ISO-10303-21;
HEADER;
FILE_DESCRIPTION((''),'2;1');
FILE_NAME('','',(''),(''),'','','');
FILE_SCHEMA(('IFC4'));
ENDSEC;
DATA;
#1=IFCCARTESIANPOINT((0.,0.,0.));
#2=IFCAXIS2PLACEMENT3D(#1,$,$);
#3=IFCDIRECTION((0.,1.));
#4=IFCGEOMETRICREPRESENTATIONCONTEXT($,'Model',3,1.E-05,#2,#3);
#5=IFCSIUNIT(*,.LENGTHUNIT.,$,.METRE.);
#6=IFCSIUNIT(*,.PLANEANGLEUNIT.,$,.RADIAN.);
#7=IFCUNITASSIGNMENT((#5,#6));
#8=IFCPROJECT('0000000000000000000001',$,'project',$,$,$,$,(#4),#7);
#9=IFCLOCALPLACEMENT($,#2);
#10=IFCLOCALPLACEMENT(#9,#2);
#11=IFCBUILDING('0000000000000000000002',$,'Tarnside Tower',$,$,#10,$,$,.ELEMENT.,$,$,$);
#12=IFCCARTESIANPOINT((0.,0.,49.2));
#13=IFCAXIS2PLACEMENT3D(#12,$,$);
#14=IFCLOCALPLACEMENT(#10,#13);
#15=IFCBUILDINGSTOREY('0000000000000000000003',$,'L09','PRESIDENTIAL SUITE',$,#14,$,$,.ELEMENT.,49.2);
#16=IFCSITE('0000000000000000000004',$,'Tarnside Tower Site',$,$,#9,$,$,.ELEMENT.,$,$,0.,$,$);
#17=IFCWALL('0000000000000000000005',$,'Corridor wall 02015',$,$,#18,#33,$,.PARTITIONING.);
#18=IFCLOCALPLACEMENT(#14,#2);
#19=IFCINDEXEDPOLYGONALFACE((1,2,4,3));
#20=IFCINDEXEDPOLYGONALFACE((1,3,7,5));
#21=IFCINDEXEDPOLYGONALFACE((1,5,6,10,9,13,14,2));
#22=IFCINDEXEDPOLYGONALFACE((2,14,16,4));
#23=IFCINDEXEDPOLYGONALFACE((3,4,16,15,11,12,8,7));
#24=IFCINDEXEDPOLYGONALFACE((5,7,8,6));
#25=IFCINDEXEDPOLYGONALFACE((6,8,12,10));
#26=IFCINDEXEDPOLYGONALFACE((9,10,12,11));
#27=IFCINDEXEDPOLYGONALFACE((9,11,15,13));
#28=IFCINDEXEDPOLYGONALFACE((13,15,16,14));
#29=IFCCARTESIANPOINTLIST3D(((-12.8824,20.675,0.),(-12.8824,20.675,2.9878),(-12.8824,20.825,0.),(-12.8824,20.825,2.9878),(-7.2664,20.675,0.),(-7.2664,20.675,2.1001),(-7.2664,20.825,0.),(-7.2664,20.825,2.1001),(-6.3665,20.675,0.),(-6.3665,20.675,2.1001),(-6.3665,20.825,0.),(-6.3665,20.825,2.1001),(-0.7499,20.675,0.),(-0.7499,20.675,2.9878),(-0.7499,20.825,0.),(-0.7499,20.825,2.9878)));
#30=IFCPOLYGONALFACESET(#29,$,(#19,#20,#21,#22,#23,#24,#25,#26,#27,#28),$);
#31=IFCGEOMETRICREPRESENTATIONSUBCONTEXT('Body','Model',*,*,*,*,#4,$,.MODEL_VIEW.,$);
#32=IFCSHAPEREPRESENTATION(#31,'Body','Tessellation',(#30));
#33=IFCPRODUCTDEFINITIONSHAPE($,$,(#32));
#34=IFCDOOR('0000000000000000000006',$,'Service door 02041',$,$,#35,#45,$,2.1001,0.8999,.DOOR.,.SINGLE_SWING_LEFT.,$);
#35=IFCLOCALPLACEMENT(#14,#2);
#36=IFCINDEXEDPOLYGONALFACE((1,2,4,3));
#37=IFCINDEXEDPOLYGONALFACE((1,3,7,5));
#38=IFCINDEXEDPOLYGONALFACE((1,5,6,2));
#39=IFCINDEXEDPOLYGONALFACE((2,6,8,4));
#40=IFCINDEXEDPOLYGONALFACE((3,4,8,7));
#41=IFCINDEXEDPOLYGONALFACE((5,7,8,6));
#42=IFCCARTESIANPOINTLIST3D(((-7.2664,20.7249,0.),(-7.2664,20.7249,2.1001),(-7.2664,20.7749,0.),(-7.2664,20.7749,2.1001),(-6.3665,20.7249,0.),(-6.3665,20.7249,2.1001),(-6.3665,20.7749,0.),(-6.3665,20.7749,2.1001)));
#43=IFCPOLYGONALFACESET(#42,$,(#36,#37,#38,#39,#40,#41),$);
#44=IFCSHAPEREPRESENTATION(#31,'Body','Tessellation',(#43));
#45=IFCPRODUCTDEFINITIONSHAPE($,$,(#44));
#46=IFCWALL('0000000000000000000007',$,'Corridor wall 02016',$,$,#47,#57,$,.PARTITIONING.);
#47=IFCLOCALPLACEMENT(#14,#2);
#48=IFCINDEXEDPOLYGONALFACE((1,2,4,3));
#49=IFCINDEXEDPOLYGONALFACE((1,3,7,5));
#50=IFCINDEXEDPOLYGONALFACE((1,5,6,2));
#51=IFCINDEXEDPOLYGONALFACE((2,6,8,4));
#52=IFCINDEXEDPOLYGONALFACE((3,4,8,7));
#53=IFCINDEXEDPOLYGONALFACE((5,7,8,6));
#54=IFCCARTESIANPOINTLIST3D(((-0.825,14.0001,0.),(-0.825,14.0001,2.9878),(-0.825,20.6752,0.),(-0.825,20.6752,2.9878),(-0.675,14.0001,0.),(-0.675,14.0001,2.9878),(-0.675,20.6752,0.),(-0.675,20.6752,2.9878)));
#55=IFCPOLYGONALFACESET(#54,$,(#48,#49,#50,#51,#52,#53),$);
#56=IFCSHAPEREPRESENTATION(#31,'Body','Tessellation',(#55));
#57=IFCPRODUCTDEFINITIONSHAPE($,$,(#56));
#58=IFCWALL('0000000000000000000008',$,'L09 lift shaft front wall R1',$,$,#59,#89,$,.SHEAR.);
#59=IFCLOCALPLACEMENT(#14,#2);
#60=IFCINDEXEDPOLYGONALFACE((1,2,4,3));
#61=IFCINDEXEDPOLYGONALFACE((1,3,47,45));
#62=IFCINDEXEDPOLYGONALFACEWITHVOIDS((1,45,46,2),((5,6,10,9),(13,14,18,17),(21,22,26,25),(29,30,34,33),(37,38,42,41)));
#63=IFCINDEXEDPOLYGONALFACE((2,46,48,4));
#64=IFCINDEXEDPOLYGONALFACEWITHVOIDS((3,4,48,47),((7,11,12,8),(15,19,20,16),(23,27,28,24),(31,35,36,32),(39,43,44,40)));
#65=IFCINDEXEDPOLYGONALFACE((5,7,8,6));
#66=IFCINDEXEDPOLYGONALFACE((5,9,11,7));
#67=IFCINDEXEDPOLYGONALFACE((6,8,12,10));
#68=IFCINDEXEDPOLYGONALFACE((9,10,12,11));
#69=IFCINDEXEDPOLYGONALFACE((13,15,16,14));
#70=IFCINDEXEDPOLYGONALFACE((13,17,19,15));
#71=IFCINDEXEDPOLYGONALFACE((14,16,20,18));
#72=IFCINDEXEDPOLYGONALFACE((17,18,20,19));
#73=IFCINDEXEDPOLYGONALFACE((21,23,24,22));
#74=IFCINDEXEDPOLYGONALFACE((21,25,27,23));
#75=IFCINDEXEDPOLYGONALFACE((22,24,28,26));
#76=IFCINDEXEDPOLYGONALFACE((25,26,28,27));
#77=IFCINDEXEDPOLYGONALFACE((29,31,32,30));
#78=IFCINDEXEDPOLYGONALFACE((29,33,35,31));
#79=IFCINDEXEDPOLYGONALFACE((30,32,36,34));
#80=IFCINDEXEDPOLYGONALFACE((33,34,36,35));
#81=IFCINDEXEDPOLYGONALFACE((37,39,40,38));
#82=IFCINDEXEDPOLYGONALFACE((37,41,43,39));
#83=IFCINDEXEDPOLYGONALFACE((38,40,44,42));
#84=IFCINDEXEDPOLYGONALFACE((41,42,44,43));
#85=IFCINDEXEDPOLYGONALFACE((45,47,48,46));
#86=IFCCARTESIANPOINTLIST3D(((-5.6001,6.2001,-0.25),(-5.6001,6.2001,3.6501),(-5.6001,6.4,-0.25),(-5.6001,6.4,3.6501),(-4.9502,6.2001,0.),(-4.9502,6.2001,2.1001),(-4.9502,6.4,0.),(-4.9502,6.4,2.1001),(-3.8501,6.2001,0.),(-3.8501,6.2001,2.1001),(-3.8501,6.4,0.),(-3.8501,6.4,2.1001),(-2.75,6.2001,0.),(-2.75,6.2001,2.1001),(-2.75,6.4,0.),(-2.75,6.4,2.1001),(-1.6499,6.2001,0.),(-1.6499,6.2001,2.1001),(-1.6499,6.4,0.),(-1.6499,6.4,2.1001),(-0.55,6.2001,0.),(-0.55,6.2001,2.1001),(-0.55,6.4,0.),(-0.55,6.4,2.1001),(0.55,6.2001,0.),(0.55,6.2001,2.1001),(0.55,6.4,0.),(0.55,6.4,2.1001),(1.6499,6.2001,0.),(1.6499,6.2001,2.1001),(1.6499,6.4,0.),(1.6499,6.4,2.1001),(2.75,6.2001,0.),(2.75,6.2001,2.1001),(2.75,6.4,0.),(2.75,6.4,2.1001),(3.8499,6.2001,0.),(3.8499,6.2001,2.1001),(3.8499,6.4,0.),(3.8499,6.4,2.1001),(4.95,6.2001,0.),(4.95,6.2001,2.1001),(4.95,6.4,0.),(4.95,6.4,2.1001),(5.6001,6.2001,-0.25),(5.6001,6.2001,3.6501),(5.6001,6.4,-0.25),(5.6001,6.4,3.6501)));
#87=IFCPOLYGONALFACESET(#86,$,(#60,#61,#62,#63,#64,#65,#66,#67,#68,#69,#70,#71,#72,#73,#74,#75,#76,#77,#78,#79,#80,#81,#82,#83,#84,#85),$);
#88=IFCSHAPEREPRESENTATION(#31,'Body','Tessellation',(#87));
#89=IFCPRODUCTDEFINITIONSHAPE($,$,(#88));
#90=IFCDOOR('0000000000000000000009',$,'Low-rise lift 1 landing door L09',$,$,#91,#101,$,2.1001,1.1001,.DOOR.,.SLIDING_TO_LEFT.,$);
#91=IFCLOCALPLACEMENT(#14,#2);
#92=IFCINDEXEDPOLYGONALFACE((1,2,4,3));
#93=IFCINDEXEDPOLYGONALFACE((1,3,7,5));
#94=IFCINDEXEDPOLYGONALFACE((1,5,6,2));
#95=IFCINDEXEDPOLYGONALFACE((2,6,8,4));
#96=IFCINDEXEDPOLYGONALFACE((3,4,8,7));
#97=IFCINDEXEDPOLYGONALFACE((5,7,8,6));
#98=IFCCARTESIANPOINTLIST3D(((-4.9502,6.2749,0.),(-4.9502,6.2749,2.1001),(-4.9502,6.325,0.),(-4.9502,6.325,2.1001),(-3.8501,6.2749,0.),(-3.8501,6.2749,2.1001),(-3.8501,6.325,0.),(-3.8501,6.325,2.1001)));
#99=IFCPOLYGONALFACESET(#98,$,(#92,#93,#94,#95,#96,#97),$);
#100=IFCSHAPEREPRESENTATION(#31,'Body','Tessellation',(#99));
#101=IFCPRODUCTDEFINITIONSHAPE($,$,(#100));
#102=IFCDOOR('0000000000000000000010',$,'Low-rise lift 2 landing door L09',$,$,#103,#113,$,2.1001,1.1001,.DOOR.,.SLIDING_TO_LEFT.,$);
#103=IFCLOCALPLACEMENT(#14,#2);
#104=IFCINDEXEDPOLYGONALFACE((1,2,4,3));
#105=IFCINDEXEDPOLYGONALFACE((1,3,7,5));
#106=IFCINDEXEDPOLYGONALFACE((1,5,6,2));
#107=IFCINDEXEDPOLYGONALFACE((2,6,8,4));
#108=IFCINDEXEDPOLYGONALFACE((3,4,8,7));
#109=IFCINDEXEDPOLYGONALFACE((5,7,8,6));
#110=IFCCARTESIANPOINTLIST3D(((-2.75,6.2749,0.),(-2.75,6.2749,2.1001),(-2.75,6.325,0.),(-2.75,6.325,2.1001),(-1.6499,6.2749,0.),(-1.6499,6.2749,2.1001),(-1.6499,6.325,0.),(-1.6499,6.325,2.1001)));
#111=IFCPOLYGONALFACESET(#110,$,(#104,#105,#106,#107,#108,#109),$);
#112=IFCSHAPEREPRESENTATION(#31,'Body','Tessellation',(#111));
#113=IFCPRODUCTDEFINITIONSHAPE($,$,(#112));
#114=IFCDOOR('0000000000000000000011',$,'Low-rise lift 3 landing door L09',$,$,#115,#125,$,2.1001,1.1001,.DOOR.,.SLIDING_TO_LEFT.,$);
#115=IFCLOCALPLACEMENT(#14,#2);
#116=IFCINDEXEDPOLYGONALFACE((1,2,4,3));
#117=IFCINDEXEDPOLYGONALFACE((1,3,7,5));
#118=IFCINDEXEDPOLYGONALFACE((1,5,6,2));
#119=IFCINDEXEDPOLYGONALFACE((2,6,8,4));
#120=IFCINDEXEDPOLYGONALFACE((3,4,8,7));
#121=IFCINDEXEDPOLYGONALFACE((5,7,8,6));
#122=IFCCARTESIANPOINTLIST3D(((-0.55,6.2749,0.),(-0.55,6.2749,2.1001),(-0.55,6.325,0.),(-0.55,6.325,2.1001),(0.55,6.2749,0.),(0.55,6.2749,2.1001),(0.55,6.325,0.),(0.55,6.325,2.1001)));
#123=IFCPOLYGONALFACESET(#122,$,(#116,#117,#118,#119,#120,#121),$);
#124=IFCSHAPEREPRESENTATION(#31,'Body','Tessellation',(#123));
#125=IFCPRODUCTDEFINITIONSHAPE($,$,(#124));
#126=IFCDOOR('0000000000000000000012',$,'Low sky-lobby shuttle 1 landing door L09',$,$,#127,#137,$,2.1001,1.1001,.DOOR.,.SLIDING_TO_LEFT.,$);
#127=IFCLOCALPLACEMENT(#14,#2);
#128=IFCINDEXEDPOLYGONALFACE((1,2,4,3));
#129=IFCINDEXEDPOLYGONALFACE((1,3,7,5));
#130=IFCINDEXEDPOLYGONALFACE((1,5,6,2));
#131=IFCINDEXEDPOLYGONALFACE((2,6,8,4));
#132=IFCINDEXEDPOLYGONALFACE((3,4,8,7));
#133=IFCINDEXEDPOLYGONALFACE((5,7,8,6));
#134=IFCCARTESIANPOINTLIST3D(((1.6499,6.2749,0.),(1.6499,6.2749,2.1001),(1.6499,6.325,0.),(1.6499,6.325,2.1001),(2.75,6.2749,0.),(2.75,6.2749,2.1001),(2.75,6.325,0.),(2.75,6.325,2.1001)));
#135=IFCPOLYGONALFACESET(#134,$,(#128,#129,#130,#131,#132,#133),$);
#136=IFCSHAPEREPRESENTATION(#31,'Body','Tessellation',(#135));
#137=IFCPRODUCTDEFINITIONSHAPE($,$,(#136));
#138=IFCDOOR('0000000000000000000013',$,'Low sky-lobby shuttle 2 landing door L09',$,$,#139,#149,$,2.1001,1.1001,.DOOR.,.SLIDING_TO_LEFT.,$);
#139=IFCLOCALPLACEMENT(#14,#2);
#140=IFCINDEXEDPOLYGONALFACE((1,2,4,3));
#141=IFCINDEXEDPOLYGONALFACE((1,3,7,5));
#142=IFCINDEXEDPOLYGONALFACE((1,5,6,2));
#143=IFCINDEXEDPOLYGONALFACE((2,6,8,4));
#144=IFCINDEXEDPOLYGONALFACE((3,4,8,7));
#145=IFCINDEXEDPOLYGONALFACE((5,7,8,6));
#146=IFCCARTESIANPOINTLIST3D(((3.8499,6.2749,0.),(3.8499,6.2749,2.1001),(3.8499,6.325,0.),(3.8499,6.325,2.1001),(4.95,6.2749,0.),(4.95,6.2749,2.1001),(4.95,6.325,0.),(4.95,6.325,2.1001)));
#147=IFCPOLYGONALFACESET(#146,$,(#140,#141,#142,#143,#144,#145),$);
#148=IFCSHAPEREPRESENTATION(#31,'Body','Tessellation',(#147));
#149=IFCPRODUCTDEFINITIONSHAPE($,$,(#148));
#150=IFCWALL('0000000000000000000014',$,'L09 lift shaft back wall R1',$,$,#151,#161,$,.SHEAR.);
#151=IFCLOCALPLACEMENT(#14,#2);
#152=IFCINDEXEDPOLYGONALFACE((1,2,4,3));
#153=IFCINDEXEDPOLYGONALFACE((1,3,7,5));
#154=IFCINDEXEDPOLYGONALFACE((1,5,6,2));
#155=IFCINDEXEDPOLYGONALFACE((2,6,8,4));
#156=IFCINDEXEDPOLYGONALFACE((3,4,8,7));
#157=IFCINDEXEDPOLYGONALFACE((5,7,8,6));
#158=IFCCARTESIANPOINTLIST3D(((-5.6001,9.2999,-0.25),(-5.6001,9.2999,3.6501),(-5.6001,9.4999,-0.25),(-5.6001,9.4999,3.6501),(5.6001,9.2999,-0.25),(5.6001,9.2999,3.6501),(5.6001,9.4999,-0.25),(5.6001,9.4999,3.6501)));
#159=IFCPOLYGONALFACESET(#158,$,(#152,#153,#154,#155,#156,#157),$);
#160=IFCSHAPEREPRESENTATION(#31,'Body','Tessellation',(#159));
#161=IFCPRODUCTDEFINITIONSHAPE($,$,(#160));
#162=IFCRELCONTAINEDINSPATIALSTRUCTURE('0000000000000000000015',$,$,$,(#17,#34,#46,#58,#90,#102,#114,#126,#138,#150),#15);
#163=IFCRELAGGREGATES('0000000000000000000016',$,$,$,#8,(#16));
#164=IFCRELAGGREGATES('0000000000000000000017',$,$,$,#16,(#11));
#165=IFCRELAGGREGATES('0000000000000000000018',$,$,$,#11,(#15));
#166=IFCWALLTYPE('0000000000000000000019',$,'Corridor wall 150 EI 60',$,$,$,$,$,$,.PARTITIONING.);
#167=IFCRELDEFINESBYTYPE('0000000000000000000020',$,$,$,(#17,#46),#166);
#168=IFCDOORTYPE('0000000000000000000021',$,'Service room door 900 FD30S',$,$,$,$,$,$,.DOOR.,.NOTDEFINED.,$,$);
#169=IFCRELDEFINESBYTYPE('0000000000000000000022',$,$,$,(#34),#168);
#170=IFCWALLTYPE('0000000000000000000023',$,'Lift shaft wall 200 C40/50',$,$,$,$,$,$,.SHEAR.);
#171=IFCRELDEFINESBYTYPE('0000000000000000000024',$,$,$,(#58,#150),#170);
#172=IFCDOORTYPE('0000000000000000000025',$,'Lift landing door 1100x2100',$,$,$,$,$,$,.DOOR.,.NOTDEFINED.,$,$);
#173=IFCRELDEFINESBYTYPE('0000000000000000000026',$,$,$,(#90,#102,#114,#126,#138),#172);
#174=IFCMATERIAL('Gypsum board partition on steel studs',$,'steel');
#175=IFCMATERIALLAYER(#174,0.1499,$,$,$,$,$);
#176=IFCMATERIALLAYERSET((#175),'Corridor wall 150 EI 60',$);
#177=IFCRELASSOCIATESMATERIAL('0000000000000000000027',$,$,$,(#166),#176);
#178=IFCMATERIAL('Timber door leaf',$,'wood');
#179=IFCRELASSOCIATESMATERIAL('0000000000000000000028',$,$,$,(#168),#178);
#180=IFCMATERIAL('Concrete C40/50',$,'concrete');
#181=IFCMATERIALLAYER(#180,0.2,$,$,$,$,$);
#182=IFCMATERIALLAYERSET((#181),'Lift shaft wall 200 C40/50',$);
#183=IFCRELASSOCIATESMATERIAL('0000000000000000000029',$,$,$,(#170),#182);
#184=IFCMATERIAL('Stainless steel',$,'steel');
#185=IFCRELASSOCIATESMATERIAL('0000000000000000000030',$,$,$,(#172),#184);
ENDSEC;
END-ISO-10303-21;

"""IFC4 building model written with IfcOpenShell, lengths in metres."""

from ifc_helpers import new_model, si_unit, direction, frame, frame_2d, origin, place, context, subcontext, project, spatial, rectangle, extrude, material, layer, layer_set, type_object, element, fill, save


model = new_model("IFC4")

# Units and contexts
model_context = context("Model", 3, precision=1e-05, world=origin(), true_north=direction((0.0, 1.0)))
body_context = subcontext(model_context, "Body", "Model", "MODEL_VIEW")
ifc_project = project(units=[si_unit("LENGTHUNIT", "METRE"), si_unit("PLANEANGLEUNIT", "RADIAN")], contexts=[model_context])

# Site, building, storey
site_placement = place(None, origin())
site = spatial("IfcSite", under=ifc_project, at=site_placement, Name="Tarnside Tower Site", CompositionType="ELEMENT", RefElevation=0.0)
building_placement = place(site_placement, origin())
building = spatial("IfcBuilding", under=site, at=building_placement, Name="Tarnside Tower", CompositionType="ELEMENT")
storey_placement = place(building_placement, frame((0.0, 0.0, 49.2)))
storey = spatial("IfcBuildingStorey", under=building, at=storey_placement, Name="L09", Description="PRESIDENTIAL SUITE", CompositionType="ELEMENT", Elevation=49.2)

# Shared definitions
ifc_material_1 = material(Name="Gypsum board partition on steel studs", Category="steel")
ifc_layer_1 = layer(ifc_material_1, 0.1499)
ifc_layer_set_1 = layer_set([ifc_layer_1], Name="Corridor wall 150 EI 60")
wall_type_1 = type_object("IfcWallType", Name="Corridor wall 150 EI 60", PredefinedType="PARTITIONING", material=ifc_layer_set_1)
ifc_material_2 = material(Name="Timber door leaf", Category="wood")

# Wall, opening, door
wall_1_placement = place(storey_placement, frame((-12.8826, 20.75, 0.0), z_axis=(0.0, 0.0, 1.0), x_axis=(1.0, 0.0, 0.0)))
wall_1 = element("IfcWall", 1, at=wall_1_placement, inside=storey, type_object=wall_type_1, Name="Corridor wall 02015", PredefinedType="PARTITIONING", context=body_context, shape_type="SweptSolid", body=[
    extrude(rectangle(XDim=12.1326, YDim=0.1499, at=frame_2d((6.0664, 0.0))), origin(), (0.0, 0.0, 1.0), 2.9878),
])
opening_1_placement = place(wall_1_placement, frame((5.6162, 0.0, 0.0)))
opening_1 = element("IfcOpeningElement", 2, at=opening_1_placement, cuts=wall_1, PredefinedType="OPENING", context=body_context, shape_type="SweptSolid", body=[
    extrude(rectangle(XDim=0.8999, YDim=2.1001, at=frame_2d((0.45, 1.05))), frame((0.0, 0.085, 0.0), z_axis=(0.0, -1.0, 0.0), x_axis=(1.0, 0.0, 0.0)), (0.0, 0.0, 1.0), 0.1699),
])
door_type_1 = type_object("IfcDoorType", Name="Service room door 900 FD30S", OperationType="NOTDEFINED", PredefinedType="DOOR", material=ifc_material_2)
door_1_placement = place(opening_1_placement, origin())
door_1 = element("IfcDoor", 3, at=door_1_placement, inside=storey, type_object=door_type_1, Name="Service door 02041", OperationType="SINGLE_SWING_LEFT", OverallHeight=2.1001, OverallWidth=0.8999, PredefinedType="DOOR", context=body_context, shape_type="SweptSolid", body=[
    extrude(rectangle(XDim=0.8999, YDim=2.1001, at=frame_2d((0.45, 1.05))), frame((0.0, 0.0249, 0.0), z_axis=(0.0, -1.0, 0.0), x_axis=(1.0, 0.0, 0.0)), (0.0, 0.0, 1.0), 0.05),
])
fill(opening_1, door_1)

# Wall
wall_2_placement = place(storey_placement, frame((-0.75, 20.675, 0.0), z_axis=(0.0, 0.0, 1.0), x_axis=(0.0, -1.0, 0.0)))
element("IfcWall", 4, at=wall_2_placement, inside=storey, type_object=wall_type_1, Name="Corridor wall 02016", PredefinedType="PARTITIONING", context=body_context, shape_type="SweptSolid", body=[
    extrude(rectangle(XDim=6.675, YDim=0.1499, at=frame_2d((3.3374, 0.0))), origin(), (0.0, 0.0, 1.0), 2.9878),
])

# Wall, openings, doors
ifc_material_3 = material(Name="Concrete C40/50", Category="concrete")
ifc_layer_2 = layer(ifc_material_3, 0.2)
ifc_layer_set_2 = layer_set([ifc_layer_2], Name="Lift shaft wall 200 C40/50")
wall_type_2 = type_object("IfcWallType", Name="Lift shaft wall 200 C40/50", PredefinedType="SHEAR", material=ifc_layer_set_2)
wall_3_placement = place(storey_placement, frame((-5.6001, 6.3, -0.25), z_axis=(0.0, 0.0, 1.0), x_axis=(1.0, 0.0, 0.0)))
wall_3 = element("IfcWall", 5, at=wall_3_placement, inside=storey, type_object=wall_type_2, Name="L09 lift shaft front wall R1", PredefinedType="SHEAR", context=body_context, shape_type="SweptSolid", body=[
    extrude(rectangle(XDim=11.2002, YDim=0.2, at=frame_2d((5.6001, 0.0))), origin(), (0.0, 0.0, 1.0), 3.9001),
])
opening_2_placement = place(wall_3_placement, frame((0.6499, 0.0, 0.25)))
opening_2 = element("IfcOpeningElement", 6, at=opening_2_placement, cuts=wall_3, PredefinedType="OPENING", context=body_context, shape_type="SweptSolid", body=[
    extrude(rectangle(XDim=1.1001, YDim=2.1001, at=frame_2d((0.55, 1.05))), frame((0.0, 0.1099, 0.0), z_axis=(0.0, -1.0, 0.0), x_axis=(1.0, 0.0, 0.0)), (0.0, 0.0, 1.0), 0.22),
])
opening_3_placement = place(wall_3_placement, frame((2.8501, 0.0, 0.25)))
opening_3 = element("IfcOpeningElement", 7, at=opening_3_placement, cuts=wall_3, PredefinedType="OPENING", context=body_context, shape_type="SweptSolid", body=[
    extrude(rectangle(XDim=1.1001, YDim=2.1001, at=frame_2d((0.55, 1.05))), frame((0.0, 0.1099, 0.0), z_axis=(0.0, -1.0, 0.0), x_axis=(1.0, 0.0, 0.0)), (0.0, 0.0, 1.0), 0.22),
])
opening_4_placement = place(wall_3_placement, frame((5.05, 0.0, 0.25)))
opening_4 = element("IfcOpeningElement", 8, at=opening_4_placement, cuts=wall_3, PredefinedType="OPENING", context=body_context, shape_type="SweptSolid", body=[
    extrude(rectangle(XDim=1.1001, YDim=2.1001, at=frame_2d((0.55, 1.05))), frame((0.0, 0.1099, 0.0), z_axis=(0.0, -1.0, 0.0), x_axis=(1.0, 0.0, 0.0)), (0.0, 0.0, 1.0), 0.22),
])
opening_5_placement = place(wall_3_placement, frame((7.25, 0.0, 0.25)))
opening_5 = element("IfcOpeningElement", 9, at=opening_5_placement, cuts=wall_3, PredefinedType="OPENING", context=body_context, shape_type="SweptSolid", body=[
    extrude(rectangle(XDim=1.1001, YDim=2.1001, at=frame_2d((0.55, 1.05))), frame((0.0, 0.1099, 0.0), z_axis=(0.0, -1.0, 0.0), x_axis=(1.0, 0.0, 0.0)), (0.0, 0.0, 1.0), 0.22),
])
opening_6_placement = place(wall_3_placement, frame((9.45, 0.0, 0.25)))
opening_6 = element("IfcOpeningElement", 10, at=opening_6_placement, cuts=wall_3, PredefinedType="OPENING", context=body_context, shape_type="SweptSolid", body=[
    extrude(rectangle(XDim=1.1001, YDim=2.1001, at=frame_2d((0.55, 1.05))), frame((0.0, 0.1099, 0.0), z_axis=(0.0, -1.0, 0.0), x_axis=(1.0, 0.0, 0.0)), (0.0, 0.0, 1.0), 0.22),
])
ifc_material_4 = material(Name="Stainless steel", Category="steel")
door_type_2 = type_object("IfcDoorType", Name="Lift landing door 1100x2100", OperationType="NOTDEFINED", PredefinedType="DOOR", material=ifc_material_4)
door_2_placement = place(opening_2_placement, origin())
door_2 = element("IfcDoor", 11, at=door_2_placement, inside=storey, type_object=door_type_2, Name="Low-rise lift 1 landing door L09", OperationType="SLIDING_TO_LEFT", OverallHeight=2.1001, OverallWidth=1.1001, PredefinedType="DOOR", context=body_context, shape_type="SweptSolid", body=[
    extrude(rectangle(XDim=1.1001, YDim=2.1001, at=frame_2d((0.55, 1.05))), frame((0.0, 0.0249, 0.0), z_axis=(0.0, -1.0, 0.0), x_axis=(1.0, 0.0, 0.0)), (0.0, 0.0, 1.0), 0.05),
])
fill(opening_2, door_2)
door_3_placement = place(opening_3_placement, origin())
door_3 = element("IfcDoor", 12, at=door_3_placement, inside=storey, type_object=door_type_2, Name="Low-rise lift 2 landing door L09", OperationType="SLIDING_TO_LEFT", OverallHeight=2.1001, OverallWidth=1.1001, PredefinedType="DOOR", context=body_context, shape_type="SweptSolid", body=[
    extrude(rectangle(XDim=1.1001, YDim=2.1001, at=frame_2d((0.55, 1.05))), frame((0.0, 0.0249, 0.0), z_axis=(0.0, -1.0, 0.0), x_axis=(1.0, 0.0, 0.0)), (0.0, 0.0, 1.0), 0.05),
])
fill(opening_3, door_3)
door_4_placement = place(opening_4_placement, origin())
door_4 = element("IfcDoor", 13, at=door_4_placement, inside=storey, type_object=door_type_2, Name="Low-rise lift 3 landing door L09", OperationType="SLIDING_TO_LEFT", OverallHeight=2.1001, OverallWidth=1.1001, PredefinedType="DOOR", context=body_context, shape_type="SweptSolid", body=[
    extrude(rectangle(XDim=1.1001, YDim=2.1001, at=frame_2d((0.55, 1.05))), frame((0.0, 0.0249, 0.0), z_axis=(0.0, -1.0, 0.0), x_axis=(1.0, 0.0, 0.0)), (0.0, 0.0, 1.0), 0.05),
])
fill(opening_4, door_4)
door_5_placement = place(opening_5_placement, origin())
door_5 = element("IfcDoor", 14, at=door_5_placement, inside=storey, type_object=door_type_2, Name="Low sky-lobby shuttle 1 landing door L09", OperationType="SLIDING_TO_LEFT", OverallHeight=2.1001, OverallWidth=1.1001, PredefinedType="DOOR", context=body_context, shape_type="SweptSolid", body=[
    extrude(rectangle(XDim=1.1001, YDim=2.1001, at=frame_2d((0.55, 1.05))), frame((0.0, 0.0249, 0.0), z_axis=(0.0, -1.0, 0.0), x_axis=(1.0, 0.0, 0.0)), (0.0, 0.0, 1.0), 0.05),
])
fill(opening_5, door_5)
door_6_placement = place(opening_6_placement, origin())
door_6 = element("IfcDoor", 15, at=door_6_placement, inside=storey, type_object=door_type_2, Name="Low sky-lobby shuttle 2 landing door L09", OperationType="SLIDING_TO_LEFT", OverallHeight=2.1001, OverallWidth=1.1001, PredefinedType="DOOR", context=body_context, shape_type="SweptSolid", body=[
    extrude(rectangle(XDim=1.1001, YDim=2.1001, at=frame_2d((0.55, 1.05))), frame((0.0, 0.0249, 0.0), z_axis=(0.0, -1.0, 0.0), x_axis=(1.0, 0.0, 0.0)), (0.0, 0.0, 1.0), 0.05),
])
fill(opening_6, door_6)

# Wall
wall_4_placement = place(storey_placement, frame((-5.6001, 9.3999, -0.25), z_axis=(0.0, 0.0, 1.0), x_axis=(1.0, 0.0, 0.0)))
element("IfcWall", 16, at=wall_4_placement, inside=storey, type_object=wall_type_2, Name="L09 lift shaft back wall R1", PredefinedType="SHEAR", context=body_context, shape_type="SweptSolid", body=[
    extrude(rectangle(XDim=11.2002, YDim=0.2, at=frame_2d((5.6001, 0.0))), origin(), (0.0, 0.0, 1.0), 3.9001),
])

save(model, "model.ifc")
